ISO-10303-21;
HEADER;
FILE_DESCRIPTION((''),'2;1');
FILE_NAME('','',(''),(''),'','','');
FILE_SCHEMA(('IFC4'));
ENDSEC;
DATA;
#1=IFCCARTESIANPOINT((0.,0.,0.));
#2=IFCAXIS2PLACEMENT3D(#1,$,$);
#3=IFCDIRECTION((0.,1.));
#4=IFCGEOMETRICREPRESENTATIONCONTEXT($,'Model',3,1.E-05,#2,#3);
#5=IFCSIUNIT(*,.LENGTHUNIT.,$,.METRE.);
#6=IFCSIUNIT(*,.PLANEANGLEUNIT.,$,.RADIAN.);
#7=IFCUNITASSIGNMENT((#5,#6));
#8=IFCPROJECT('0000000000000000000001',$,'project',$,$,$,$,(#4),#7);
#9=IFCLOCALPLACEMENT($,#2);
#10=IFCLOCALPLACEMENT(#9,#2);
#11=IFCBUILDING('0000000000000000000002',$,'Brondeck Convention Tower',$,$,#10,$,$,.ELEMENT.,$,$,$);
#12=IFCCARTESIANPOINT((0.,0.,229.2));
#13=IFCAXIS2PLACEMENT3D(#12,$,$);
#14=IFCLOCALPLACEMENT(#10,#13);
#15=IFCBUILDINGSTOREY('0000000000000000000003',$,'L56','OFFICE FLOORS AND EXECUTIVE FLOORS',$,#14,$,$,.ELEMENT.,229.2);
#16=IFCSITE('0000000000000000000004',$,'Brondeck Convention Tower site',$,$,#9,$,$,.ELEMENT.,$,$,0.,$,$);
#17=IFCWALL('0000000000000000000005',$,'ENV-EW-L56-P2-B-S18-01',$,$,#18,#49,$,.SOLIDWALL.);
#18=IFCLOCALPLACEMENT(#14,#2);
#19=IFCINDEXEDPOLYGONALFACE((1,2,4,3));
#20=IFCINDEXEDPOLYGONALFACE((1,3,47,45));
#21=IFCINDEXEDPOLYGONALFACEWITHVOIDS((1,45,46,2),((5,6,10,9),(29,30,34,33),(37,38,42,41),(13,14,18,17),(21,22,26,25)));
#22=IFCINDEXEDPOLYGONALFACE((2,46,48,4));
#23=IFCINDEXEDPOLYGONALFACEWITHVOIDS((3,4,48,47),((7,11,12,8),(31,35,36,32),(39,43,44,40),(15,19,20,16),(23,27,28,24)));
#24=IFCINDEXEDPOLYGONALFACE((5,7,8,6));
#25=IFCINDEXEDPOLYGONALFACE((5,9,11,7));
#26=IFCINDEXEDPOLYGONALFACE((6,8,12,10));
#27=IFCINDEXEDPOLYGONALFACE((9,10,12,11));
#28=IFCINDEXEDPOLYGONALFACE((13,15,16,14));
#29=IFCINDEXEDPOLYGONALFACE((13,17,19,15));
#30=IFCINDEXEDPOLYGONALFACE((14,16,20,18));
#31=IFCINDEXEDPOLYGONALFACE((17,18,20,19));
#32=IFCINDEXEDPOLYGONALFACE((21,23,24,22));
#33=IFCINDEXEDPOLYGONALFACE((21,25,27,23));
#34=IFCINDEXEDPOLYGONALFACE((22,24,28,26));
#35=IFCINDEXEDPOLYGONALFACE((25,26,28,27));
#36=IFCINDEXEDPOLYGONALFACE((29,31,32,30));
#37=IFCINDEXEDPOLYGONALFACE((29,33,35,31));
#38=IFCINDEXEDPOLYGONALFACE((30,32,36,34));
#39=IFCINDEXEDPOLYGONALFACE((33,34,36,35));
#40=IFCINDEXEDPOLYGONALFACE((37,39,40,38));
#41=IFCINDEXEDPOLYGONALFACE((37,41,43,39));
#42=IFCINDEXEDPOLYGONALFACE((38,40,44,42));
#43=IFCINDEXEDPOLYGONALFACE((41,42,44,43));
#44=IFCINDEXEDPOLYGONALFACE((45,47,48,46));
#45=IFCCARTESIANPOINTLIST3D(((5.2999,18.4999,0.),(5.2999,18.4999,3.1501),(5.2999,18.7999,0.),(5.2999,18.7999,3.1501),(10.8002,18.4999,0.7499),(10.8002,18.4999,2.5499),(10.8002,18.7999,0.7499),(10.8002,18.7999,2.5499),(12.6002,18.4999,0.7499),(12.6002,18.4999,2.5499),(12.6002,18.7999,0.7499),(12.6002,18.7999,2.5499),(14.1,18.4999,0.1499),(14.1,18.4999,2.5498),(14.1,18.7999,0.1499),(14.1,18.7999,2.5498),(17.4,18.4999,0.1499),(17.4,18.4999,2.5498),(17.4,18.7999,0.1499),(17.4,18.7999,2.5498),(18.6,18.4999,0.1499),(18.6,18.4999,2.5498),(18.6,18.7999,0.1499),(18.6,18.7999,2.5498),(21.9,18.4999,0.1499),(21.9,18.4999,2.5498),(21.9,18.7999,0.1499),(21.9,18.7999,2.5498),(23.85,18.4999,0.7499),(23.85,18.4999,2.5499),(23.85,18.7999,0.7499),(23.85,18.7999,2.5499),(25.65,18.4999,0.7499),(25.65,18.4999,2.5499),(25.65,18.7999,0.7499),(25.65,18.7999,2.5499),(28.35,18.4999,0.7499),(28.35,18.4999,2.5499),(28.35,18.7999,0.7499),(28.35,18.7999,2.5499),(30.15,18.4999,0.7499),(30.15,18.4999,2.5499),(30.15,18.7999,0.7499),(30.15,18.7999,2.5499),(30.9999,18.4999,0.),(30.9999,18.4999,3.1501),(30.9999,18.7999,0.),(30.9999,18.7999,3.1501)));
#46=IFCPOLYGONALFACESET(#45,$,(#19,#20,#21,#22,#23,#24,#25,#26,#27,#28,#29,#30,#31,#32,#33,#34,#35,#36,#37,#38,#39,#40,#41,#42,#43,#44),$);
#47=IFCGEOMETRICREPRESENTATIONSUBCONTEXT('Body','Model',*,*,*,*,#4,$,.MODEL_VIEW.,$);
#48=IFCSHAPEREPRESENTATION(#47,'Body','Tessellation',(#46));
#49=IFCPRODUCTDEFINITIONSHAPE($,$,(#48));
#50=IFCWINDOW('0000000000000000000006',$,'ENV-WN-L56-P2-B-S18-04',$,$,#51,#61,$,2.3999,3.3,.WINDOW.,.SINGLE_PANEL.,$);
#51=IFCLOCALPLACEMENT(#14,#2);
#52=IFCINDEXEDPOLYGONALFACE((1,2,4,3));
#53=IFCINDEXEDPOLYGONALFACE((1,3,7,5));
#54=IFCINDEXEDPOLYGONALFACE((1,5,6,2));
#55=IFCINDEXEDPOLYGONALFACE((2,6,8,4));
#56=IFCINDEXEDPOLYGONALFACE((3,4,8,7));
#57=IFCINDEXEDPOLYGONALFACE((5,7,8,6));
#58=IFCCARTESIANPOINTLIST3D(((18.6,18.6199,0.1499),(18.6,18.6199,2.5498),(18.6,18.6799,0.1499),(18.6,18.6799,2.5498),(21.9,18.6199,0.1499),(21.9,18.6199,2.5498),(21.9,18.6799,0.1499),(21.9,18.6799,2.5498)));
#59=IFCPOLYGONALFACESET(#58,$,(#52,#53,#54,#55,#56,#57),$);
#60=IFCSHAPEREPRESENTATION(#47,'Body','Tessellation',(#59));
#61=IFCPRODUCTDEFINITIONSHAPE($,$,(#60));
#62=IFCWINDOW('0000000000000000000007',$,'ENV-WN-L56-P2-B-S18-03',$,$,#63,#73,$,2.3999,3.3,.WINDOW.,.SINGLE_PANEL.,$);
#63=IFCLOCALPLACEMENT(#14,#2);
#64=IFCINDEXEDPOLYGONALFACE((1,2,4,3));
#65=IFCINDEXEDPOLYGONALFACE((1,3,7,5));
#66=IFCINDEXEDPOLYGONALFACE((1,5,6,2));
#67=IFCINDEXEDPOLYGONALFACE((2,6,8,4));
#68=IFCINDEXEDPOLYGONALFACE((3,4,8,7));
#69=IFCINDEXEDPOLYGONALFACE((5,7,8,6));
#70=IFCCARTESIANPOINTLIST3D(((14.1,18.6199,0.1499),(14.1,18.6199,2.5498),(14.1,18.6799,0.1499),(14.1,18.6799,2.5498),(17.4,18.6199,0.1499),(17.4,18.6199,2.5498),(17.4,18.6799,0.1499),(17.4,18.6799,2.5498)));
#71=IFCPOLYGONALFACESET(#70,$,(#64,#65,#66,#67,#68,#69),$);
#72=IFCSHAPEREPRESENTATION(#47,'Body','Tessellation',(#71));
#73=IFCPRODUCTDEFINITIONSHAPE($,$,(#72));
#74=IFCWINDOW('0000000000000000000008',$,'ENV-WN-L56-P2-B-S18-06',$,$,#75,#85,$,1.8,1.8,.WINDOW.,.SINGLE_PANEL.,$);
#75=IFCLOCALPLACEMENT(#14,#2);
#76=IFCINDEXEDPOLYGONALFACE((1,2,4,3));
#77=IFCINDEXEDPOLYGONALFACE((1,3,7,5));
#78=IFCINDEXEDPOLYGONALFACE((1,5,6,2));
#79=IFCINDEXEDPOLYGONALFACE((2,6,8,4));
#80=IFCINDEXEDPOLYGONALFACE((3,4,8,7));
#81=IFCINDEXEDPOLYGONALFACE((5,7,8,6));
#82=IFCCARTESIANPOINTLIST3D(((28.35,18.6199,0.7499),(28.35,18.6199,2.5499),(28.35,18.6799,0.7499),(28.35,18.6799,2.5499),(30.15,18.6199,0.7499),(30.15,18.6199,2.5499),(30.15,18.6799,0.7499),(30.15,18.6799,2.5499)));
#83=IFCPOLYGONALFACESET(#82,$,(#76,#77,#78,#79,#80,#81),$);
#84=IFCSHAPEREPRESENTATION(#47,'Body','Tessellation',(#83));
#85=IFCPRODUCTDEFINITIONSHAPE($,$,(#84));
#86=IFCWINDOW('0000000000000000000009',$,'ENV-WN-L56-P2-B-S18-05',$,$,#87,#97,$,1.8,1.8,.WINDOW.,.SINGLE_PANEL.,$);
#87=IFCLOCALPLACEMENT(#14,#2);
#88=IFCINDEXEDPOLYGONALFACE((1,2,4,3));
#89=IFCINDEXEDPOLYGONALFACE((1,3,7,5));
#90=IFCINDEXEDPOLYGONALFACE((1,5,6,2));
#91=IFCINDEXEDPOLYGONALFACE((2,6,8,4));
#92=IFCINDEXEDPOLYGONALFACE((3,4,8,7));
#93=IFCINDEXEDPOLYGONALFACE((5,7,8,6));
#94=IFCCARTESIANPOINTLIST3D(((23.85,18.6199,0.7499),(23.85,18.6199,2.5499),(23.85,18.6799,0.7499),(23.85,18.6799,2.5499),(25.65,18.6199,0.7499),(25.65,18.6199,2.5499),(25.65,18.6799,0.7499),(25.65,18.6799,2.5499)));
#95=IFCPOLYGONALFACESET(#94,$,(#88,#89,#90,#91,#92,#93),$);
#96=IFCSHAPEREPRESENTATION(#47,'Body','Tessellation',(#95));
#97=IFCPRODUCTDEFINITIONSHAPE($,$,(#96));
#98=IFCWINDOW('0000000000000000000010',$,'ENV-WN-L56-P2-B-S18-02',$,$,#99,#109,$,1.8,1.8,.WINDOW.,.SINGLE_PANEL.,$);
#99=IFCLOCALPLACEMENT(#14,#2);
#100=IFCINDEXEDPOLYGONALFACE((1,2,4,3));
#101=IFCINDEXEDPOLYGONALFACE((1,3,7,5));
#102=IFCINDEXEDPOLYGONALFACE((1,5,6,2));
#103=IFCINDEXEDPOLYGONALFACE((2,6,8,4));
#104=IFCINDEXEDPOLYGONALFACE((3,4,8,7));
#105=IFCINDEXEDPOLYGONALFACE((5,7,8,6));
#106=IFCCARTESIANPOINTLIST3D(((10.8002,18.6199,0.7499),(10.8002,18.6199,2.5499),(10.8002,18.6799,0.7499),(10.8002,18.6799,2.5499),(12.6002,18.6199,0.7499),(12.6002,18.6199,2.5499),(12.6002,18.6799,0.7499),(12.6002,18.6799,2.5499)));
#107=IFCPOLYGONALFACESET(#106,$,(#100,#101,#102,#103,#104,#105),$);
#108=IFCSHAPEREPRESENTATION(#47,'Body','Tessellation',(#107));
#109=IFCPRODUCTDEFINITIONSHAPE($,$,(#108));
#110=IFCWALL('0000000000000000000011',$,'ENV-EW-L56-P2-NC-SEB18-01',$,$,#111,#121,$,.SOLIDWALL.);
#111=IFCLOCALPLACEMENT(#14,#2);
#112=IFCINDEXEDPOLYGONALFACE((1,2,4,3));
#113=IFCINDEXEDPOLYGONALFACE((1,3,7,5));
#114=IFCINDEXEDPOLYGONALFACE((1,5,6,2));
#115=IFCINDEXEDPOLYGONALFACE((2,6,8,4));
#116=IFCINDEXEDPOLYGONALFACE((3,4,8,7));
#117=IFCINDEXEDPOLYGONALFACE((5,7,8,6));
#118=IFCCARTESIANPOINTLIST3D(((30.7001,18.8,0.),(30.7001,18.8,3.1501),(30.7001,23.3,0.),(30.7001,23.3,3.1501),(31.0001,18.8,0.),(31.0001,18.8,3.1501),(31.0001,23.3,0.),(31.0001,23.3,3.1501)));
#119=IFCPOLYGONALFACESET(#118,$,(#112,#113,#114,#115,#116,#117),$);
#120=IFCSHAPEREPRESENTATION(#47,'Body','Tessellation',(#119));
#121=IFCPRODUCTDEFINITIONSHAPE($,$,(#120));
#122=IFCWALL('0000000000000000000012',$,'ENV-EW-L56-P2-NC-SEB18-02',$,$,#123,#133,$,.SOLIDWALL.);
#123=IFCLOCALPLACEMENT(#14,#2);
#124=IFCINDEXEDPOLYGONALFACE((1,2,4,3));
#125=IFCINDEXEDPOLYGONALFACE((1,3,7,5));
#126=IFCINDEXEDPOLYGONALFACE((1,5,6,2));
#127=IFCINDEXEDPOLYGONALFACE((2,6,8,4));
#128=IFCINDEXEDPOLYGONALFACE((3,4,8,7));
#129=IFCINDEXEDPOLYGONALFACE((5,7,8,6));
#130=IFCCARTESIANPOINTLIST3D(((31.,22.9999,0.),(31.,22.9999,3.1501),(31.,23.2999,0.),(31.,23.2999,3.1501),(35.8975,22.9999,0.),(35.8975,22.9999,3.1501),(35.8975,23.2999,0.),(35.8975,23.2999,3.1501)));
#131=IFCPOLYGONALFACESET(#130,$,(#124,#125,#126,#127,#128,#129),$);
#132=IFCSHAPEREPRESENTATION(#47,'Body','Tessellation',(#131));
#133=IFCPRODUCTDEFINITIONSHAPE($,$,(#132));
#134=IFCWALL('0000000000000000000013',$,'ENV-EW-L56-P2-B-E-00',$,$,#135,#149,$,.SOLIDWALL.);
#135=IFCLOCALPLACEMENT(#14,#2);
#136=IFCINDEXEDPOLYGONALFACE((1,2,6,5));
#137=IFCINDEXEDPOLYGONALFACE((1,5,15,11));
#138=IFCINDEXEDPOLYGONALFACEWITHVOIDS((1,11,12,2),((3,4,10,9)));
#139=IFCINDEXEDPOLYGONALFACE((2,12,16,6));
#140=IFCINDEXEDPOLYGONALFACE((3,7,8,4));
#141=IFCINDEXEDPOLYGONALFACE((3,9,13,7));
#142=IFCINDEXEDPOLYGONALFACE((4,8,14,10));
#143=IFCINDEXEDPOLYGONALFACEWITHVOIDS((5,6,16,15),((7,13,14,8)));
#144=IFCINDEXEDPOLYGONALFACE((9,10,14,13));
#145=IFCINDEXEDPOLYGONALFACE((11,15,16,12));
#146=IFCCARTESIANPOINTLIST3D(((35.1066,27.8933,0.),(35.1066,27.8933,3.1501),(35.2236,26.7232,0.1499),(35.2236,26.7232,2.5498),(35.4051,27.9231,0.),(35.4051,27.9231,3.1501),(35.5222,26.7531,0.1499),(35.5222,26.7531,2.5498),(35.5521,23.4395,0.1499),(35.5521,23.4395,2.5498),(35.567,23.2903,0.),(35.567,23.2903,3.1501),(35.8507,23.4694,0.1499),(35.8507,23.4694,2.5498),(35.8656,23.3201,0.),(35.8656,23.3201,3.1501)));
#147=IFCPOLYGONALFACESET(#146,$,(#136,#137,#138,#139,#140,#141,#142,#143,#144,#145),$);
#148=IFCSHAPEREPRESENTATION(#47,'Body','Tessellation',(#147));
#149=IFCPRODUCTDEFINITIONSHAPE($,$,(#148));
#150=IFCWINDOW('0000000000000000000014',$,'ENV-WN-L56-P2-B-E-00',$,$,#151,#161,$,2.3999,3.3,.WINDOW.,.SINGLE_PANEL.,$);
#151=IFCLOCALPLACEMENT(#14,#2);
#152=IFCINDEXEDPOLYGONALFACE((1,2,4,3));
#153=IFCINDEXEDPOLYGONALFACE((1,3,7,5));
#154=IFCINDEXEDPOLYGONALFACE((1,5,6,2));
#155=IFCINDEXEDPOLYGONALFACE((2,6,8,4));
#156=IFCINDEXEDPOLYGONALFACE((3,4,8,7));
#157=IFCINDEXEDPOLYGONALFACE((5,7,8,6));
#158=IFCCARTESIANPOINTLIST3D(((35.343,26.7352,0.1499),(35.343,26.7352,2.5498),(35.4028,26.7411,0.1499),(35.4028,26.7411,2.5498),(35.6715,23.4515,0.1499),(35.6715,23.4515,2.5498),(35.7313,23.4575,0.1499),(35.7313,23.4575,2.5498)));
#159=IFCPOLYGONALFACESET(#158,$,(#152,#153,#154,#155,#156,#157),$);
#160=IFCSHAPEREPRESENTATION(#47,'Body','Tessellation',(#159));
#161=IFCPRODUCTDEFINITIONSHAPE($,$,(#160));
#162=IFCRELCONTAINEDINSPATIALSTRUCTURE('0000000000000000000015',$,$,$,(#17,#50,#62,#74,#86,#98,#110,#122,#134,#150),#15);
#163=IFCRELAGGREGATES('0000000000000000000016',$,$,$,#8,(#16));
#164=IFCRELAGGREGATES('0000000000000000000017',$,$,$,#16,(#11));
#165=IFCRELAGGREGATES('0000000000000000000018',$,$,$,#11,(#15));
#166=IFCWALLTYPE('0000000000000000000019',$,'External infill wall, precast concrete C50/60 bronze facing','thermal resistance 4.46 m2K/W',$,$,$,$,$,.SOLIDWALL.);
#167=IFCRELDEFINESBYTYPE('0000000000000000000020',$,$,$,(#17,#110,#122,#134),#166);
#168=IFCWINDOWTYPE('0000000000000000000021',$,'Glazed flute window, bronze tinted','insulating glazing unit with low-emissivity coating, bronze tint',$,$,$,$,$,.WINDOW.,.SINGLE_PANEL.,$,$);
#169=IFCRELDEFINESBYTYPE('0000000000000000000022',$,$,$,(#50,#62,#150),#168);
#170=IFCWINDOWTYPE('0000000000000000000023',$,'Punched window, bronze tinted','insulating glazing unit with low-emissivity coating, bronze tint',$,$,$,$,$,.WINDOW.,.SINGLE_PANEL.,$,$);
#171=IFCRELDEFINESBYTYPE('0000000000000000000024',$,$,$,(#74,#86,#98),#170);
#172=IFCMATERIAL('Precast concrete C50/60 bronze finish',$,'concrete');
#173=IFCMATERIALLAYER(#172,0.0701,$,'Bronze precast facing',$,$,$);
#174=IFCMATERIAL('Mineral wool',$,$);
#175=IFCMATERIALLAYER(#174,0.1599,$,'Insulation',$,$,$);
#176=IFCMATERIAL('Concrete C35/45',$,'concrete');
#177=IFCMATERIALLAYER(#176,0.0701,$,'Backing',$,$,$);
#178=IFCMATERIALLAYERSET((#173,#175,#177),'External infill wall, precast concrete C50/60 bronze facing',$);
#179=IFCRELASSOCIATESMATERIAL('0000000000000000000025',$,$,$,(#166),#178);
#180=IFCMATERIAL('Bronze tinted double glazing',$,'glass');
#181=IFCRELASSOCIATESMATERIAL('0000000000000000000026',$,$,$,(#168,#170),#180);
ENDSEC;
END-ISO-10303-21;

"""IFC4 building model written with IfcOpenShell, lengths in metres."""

from ifc_helpers import new_model, si_unit, direction, frame, frame_2d, origin, place, context, subcontext, project, spatial, rectangle, extrude, material, layer, layer_set, type_object, element, fill, save


model = new_model("IFC4")

# Units and contexts
model_context = context("Model", 3, precision=1e-05, world=origin(), true_north=direction((0.0, 1.0)))
body_context = subcontext(model_context, "Body", "Model", "MODEL_VIEW")
ifc_project = project(units=[si_unit("LENGTHUNIT", "METRE"), si_unit("PLANEANGLEUNIT", "RADIAN")], contexts=[model_context])

# Site, building, storey
site_placement = place(None, origin())
site = spatial("IfcSite", under=ifc_project, at=site_placement, Name="Brondeck Convention Tower site", CompositionType="ELEMENT", RefElevation=0.0)
building_placement = place(site_placement, origin())
building = spatial("IfcBuilding", under=site, at=building_placement, Name="Brondeck Convention Tower", CompositionType="ELEMENT")
storey_placement = place(building_placement, frame((0.0, 0.0, 229.2)))
storey = spatial("IfcBuildingStorey", under=building, at=storey_placement, Name="L56", Description="OFFICE FLOORS AND EXECUTIVE FLOORS", CompositionType="ELEMENT", Elevation=229.2)

# Wall, openings, windows
ifc_material_1 = material(Name="Precast concrete C50/60 bronze finish", Category="concrete")
ifc_layer_1 = layer(ifc_material_1, 0.0701, Name="Bronze precast facing")
ifc_material_2 = material(Name="Mineral wool")
ifc_layer_2 = layer(ifc_material_2, 0.1599, Name="Insulation")
ifc_material_3 = material(Name="Concrete C35/45", Category="concrete")
ifc_layer_3 = layer(ifc_material_3, 0.0701, Name="Backing")
ifc_layer_set_1 = layer_set([ifc_layer_1, ifc_layer_2, ifc_layer_3], Name="External infill wall, precast concrete C50/60 bronze facing")
wall_type_1 = type_object("IfcWallType", Name="External infill wall, precast concrete C50/60 bronze facing", Description="thermal resistance 4.46 m2K/W", PredefinedType="SOLIDWALL", material=ifc_layer_set_1)
wall_1_placement = place(storey_placement, frame((31.0, 18.6499, 0.0), z_axis=(0.0, 0.0, 1.0), x_axis=(-1.0, 0.0, 0.0)))
wall_1 = element("IfcWall", 1, at=wall_1_placement, inside=storey, type_object=wall_type_1, Name="ENV-EW-L56-P2-B-S18-01", PredefinedType="SOLIDWALL", context=body_context, shape_type="SweptSolid", body=[
    extrude(rectangle(XDim=25.7, YDim=0.3, at=frame_2d((12.8501, 0.0))), origin(), (0.0, 0.0, 1.0), 3.1501),
])
opening_1_placement = place(wall_1_placement, frame((0.8501, 0.0, 0.75)))
opening_1 = element("IfcOpeningElement", 2, at=opening_1_placement, cuts=wall_1, PredefinedType="OPENING", context=body_context, shape_type="SweptSolid", body=[
    extrude(rectangle(XDim=1.8, YDim=1.8, at=frame_2d((0.8999, 0.8999))), frame((0.0, 0.1599, 0.0), z_axis=(0.0, -1.0, 0.0), x_axis=(1.0, 0.0, 0.0)), (0.0, 0.0, 1.0), 0.3201),
])
opening_2_placement = place(wall_1_placement, frame((5.3501, 0.0, 0.75)))
opening_2 = element("IfcOpeningElement", 3, at=opening_2_placement, cuts=wall_1, PredefinedType="OPENING", context=body_context, shape_type="SweptSolid", body=[
    extrude(rectangle(XDim=1.8, YDim=1.8, at=frame_2d((0.8999, 0.8999))), frame((0.0, 0.1599, 0.0), z_axis=(0.0, -1.0, 0.0), x_axis=(1.0, 0.0, 0.0)), (0.0, 0.0, 1.0), 0.3201),
])
opening_3_placement = place(wall_1_placement, frame((9.1001, 0.0, 0.1499)))
opening_3 = element("IfcOpeningElement", 4, at=opening_3_placement, cuts=wall_1, PredefinedType="OPENING", context=body_context, shape_type="SweptSolid", body=[
    extrude(rectangle(XDim=3.3, YDim=2.3999, at=frame_2d((1.6499, 1.2))), frame((0.0, 0.1599, 0.0), z_axis=(0.0, -1.0, 0.0), x_axis=(1.0, 0.0, 0.0)), (0.0, 0.0, 1.0), 0.3201),
])
opening_4_placement = place(wall_1_placement, frame((13.6001, 0.0, 0.1499)))
opening_4 = element("IfcOpeningElement", 5, at=opening_4_placement, cuts=wall_1, PredefinedType="OPENING", context=body_context, shape_type="SweptSolid", body=[
    extrude(rectangle(XDim=3.3, YDim=2.3999, at=frame_2d((1.6499, 1.2))), frame((0.0, 0.1599, 0.0), z_axis=(0.0, -1.0, 0.0), x_axis=(1.0, 0.0, 0.0)), (0.0, 0.0, 1.0), 0.3201),
])
opening_5_placement = place(wall_1_placement, frame((18.3999, 0.0, 0.75)))
opening_5 = element("IfcOpeningElement", 6, at=opening_5_placement, cuts=wall_1, PredefinedType="OPENING", context=body_context, shape_type="SweptSolid", body=[
    extrude(rectangle(XDim=1.8, YDim=1.8, at=frame_2d((0.8999, 0.8999))), frame((0.0, 0.1599, 0.0), z_axis=(0.0, -1.0, 0.0), x_axis=(1.0, 0.0, 0.0)), (0.0, 0.0, 1.0), 0.3201),
])
ifc_material_4 = material(Name="Bronze tinted double glazing", Category="glass")
window_type_1 = type_object("IfcWindowType", Name="Glazed flute window, bronze tinted", Description="insulating glazing unit with low-emissivity coating, bronze tint", PartitioningType="SINGLE_PANEL", PredefinedType="WINDOW", material=ifc_material_4)
window_1_placement = place(opening_3_placement, origin())
window_1 = element("IfcWindow", 7, at=window_1_placement, inside=storey, type_object=window_type_1, Name="ENV-WN-L56-P2-B-S18-04", OverallHeight=2.3999, OverallWidth=3.3, PartitioningType="SINGLE_PANEL", PredefinedType="WINDOW", context=body_context, shape_type="SweptSolid", body=[
    extrude(rectangle(XDim=3.3, YDim=2.3999, at=frame_2d((1.6499, 1.2))), frame((0.0, 0.03, 0.0), z_axis=(0.0, -1.0, 0.0), x_axis=(1.0, 0.0, 0.0)), (0.0, 0.0, 1.0), 0.0601),
])
fill(opening_3, window_1)
window_2_placement = place(opening_4_placement, origin())
window_2 = element("IfcWindow", 8, at=window_2_placement, inside=storey, type_object=window_type_1, Name="ENV-WN-L56-P2-B-S18-03", OverallHeight=2.3999, OverallWidth=3.3, PartitioningType="SINGLE_PANEL", PredefinedType="WINDOW", context=body_context, shape_type="SweptSolid", body=[
    extrude(rectangle(XDim=3.3, YDim=2.3999, at=frame_2d((1.6499, 1.2))), frame((0.0, 0.03, 0.0), z_axis=(0.0, -1.0, 0.0), x_axis=(1.0, 0.0, 0.0)), (0.0, 0.0, 1.0), 0.0601),
])
fill(opening_4, window_2)
window_type_2 = type_object("IfcWindowType", Name="Punched window, bronze tinted", Description="insulating glazing unit with low-emissivity coating, bronze tint", PartitioningType="SINGLE_PANEL", PredefinedType="WINDOW", material=ifc_material_4)
window_3_placement = place(opening_1_placement, origin())
window_3 = element("IfcWindow", 9, at=window_3_placement, inside=storey, type_object=window_type_2, Name="ENV-WN-L56-P2-B-S18-06", OverallHeight=1.8, OverallWidth=1.8, PartitioningType="SINGLE_PANEL", PredefinedType="WINDOW", context=body_context, shape_type="SweptSolid", body=[
    extrude(rectangle(XDim=1.8, YDim=1.8, at=frame_2d((0.8999, 0.8999))), frame((0.0, 0.03, 0.0), z_axis=(0.0, -1.0, 0.0), x_axis=(1.0, 0.0, 0.0)), (0.0, 0.0, 1.0), 0.0601),
])
fill(opening_1, window_3)
window_4_placement = place(opening_2_placement, origin())
window_4 = element("IfcWindow", 10, at=window_4_placement, inside=storey, type_object=window_type_2, Name="ENV-WN-L56-P2-B-S18-05", OverallHeight=1.8, OverallWidth=1.8, PartitioningType="SINGLE_PANEL", PredefinedType="WINDOW", context=body_context, shape_type="SweptSolid", body=[
    extrude(rectangle(XDim=1.8, YDim=1.8, at=frame_2d((0.8999, 0.8999))), frame((0.0, 0.03, 0.0), z_axis=(0.0, -1.0, 0.0), x_axis=(1.0, 0.0, 0.0)), (0.0, 0.0, 1.0), 0.0601),
])
fill(opening_2, window_4)
window_5_placement = place(opening_5_placement, origin())
window_5 = element("IfcWindow", 11, at=window_5_placement, inside=storey, type_object=window_type_2, Name="ENV-WN-L56-P2-B-S18-02", OverallHeight=1.8, OverallWidth=1.8, PartitioningType="SINGLE_PANEL", PredefinedType="WINDOW", context=body_context, shape_type="SweptSolid", body=[
    extrude(rectangle(XDim=1.8, YDim=1.8, at=frame_2d((0.8999, 0.8999))), frame((0.0, 0.03, 0.0), z_axis=(0.0, -1.0, 0.0), x_axis=(1.0, 0.0, 0.0)), (0.0, 0.0, 1.0), 0.0601),
])
fill(opening_5, window_5)

# Walls
wall_2_placement = place(storey_placement, frame((30.8501, 23.3, 0.0), z_axis=(0.0, 0.0, 1.0), x_axis=(0.0, -1.0, 0.0)))
element("IfcWall", 12, at=wall_2_placement, inside=storey, type_object=wall_type_1, Name="ENV-EW-L56-P2-NC-SEB18-01", PredefinedType="SOLIDWALL", context=body_context, shape_type="SweptSolid", body=[
    extrude(rectangle(XDim=4.5, YDim=0.3, at=frame_2d((2.25, 0.0))), origin(), (0.0, 0.0, 1.0), 3.1501),
])
wall_3_placement = place(storey_placement, frame((35.8975, 23.1499, 0.0), z_axis=(0.0, 0.0, 1.0), x_axis=(-1.0, 0.0, 0.0)))
element("IfcWall", 13, at=wall_3_placement, inside=storey, type_object=wall_type_1, Name="ENV-EW-L56-P2-NC-SEB18-02", PredefinedType="SOLIDWALL", context=body_context, shape_type="SweptSolid", body=[
    extrude(rectangle(XDim=4.8975, YDim=0.3, at=frame_2d((2.4487, 0.0))), origin(), (0.0, 0.0, 1.0), 3.1501),
])

# Wall, opening, window
wall_4_placement = place(storey_placement, frame((35.2559, 27.9082, 0.0), z_axis=(0.0, 0.0, 1.0), x_axis=(0.099535, -0.995034, 0.0)))
wall_4 = element("IfcWall", 14, at=wall_4_placement, inside=storey, type_object=wall_type_1, Name="ENV-EW-L56-P2-B-E-00", PredefinedType="SOLIDWALL", context=body_context, shape_type="SweptSolid", body=[
    extrude(rectangle(XDim=4.626, YDim=0.3, at=frame_2d((2.313, 0.0))), origin(), (0.0, 0.0, 1.0), 3.1501),
])
opening_6_placement = place(wall_4_placement, frame((1.176, 0.0, 0.1499)))
opening_6 = element("IfcOpeningElement", 15, at=opening_6_placement, cuts=wall_4, PredefinedType="OPENING", context=body_context, shape_type="SweptSolid", body=[
    extrude(rectangle(XDim=3.3, YDim=2.3999, at=frame_2d((1.6499, 1.2))), frame((0.0, 0.1599, 0.0), z_axis=(0.0, -1.0, 0.0), x_axis=(1.0, 0.0, 0.0)), (0.0, 0.0, 1.0), 0.3201),
])
window_6_placement = place(opening_6_placement, origin())
window_6 = element("IfcWindow", 16, at=window_6_placement, inside=storey, type_object=window_type_1, Name="ENV-WN-L56-P2-B-E-00", OverallHeight=2.3999, OverallWidth=3.3, PartitioningType="SINGLE_PANEL", PredefinedType="WINDOW", context=body_context, shape_type="SweptSolid", body=[
    extrude(rectangle(XDim=3.3, YDim=2.3999, at=frame_2d((1.6499, 1.2))), frame((0.0, 0.03, 0.0), z_axis=(0.0, -1.0, 0.0), x_axis=(1.0, 0.0, 0.0)), (0.0, 0.0, 1.0), 0.0601),
])
fill(opening_6, window_6)

save(model, "model.ifc")
